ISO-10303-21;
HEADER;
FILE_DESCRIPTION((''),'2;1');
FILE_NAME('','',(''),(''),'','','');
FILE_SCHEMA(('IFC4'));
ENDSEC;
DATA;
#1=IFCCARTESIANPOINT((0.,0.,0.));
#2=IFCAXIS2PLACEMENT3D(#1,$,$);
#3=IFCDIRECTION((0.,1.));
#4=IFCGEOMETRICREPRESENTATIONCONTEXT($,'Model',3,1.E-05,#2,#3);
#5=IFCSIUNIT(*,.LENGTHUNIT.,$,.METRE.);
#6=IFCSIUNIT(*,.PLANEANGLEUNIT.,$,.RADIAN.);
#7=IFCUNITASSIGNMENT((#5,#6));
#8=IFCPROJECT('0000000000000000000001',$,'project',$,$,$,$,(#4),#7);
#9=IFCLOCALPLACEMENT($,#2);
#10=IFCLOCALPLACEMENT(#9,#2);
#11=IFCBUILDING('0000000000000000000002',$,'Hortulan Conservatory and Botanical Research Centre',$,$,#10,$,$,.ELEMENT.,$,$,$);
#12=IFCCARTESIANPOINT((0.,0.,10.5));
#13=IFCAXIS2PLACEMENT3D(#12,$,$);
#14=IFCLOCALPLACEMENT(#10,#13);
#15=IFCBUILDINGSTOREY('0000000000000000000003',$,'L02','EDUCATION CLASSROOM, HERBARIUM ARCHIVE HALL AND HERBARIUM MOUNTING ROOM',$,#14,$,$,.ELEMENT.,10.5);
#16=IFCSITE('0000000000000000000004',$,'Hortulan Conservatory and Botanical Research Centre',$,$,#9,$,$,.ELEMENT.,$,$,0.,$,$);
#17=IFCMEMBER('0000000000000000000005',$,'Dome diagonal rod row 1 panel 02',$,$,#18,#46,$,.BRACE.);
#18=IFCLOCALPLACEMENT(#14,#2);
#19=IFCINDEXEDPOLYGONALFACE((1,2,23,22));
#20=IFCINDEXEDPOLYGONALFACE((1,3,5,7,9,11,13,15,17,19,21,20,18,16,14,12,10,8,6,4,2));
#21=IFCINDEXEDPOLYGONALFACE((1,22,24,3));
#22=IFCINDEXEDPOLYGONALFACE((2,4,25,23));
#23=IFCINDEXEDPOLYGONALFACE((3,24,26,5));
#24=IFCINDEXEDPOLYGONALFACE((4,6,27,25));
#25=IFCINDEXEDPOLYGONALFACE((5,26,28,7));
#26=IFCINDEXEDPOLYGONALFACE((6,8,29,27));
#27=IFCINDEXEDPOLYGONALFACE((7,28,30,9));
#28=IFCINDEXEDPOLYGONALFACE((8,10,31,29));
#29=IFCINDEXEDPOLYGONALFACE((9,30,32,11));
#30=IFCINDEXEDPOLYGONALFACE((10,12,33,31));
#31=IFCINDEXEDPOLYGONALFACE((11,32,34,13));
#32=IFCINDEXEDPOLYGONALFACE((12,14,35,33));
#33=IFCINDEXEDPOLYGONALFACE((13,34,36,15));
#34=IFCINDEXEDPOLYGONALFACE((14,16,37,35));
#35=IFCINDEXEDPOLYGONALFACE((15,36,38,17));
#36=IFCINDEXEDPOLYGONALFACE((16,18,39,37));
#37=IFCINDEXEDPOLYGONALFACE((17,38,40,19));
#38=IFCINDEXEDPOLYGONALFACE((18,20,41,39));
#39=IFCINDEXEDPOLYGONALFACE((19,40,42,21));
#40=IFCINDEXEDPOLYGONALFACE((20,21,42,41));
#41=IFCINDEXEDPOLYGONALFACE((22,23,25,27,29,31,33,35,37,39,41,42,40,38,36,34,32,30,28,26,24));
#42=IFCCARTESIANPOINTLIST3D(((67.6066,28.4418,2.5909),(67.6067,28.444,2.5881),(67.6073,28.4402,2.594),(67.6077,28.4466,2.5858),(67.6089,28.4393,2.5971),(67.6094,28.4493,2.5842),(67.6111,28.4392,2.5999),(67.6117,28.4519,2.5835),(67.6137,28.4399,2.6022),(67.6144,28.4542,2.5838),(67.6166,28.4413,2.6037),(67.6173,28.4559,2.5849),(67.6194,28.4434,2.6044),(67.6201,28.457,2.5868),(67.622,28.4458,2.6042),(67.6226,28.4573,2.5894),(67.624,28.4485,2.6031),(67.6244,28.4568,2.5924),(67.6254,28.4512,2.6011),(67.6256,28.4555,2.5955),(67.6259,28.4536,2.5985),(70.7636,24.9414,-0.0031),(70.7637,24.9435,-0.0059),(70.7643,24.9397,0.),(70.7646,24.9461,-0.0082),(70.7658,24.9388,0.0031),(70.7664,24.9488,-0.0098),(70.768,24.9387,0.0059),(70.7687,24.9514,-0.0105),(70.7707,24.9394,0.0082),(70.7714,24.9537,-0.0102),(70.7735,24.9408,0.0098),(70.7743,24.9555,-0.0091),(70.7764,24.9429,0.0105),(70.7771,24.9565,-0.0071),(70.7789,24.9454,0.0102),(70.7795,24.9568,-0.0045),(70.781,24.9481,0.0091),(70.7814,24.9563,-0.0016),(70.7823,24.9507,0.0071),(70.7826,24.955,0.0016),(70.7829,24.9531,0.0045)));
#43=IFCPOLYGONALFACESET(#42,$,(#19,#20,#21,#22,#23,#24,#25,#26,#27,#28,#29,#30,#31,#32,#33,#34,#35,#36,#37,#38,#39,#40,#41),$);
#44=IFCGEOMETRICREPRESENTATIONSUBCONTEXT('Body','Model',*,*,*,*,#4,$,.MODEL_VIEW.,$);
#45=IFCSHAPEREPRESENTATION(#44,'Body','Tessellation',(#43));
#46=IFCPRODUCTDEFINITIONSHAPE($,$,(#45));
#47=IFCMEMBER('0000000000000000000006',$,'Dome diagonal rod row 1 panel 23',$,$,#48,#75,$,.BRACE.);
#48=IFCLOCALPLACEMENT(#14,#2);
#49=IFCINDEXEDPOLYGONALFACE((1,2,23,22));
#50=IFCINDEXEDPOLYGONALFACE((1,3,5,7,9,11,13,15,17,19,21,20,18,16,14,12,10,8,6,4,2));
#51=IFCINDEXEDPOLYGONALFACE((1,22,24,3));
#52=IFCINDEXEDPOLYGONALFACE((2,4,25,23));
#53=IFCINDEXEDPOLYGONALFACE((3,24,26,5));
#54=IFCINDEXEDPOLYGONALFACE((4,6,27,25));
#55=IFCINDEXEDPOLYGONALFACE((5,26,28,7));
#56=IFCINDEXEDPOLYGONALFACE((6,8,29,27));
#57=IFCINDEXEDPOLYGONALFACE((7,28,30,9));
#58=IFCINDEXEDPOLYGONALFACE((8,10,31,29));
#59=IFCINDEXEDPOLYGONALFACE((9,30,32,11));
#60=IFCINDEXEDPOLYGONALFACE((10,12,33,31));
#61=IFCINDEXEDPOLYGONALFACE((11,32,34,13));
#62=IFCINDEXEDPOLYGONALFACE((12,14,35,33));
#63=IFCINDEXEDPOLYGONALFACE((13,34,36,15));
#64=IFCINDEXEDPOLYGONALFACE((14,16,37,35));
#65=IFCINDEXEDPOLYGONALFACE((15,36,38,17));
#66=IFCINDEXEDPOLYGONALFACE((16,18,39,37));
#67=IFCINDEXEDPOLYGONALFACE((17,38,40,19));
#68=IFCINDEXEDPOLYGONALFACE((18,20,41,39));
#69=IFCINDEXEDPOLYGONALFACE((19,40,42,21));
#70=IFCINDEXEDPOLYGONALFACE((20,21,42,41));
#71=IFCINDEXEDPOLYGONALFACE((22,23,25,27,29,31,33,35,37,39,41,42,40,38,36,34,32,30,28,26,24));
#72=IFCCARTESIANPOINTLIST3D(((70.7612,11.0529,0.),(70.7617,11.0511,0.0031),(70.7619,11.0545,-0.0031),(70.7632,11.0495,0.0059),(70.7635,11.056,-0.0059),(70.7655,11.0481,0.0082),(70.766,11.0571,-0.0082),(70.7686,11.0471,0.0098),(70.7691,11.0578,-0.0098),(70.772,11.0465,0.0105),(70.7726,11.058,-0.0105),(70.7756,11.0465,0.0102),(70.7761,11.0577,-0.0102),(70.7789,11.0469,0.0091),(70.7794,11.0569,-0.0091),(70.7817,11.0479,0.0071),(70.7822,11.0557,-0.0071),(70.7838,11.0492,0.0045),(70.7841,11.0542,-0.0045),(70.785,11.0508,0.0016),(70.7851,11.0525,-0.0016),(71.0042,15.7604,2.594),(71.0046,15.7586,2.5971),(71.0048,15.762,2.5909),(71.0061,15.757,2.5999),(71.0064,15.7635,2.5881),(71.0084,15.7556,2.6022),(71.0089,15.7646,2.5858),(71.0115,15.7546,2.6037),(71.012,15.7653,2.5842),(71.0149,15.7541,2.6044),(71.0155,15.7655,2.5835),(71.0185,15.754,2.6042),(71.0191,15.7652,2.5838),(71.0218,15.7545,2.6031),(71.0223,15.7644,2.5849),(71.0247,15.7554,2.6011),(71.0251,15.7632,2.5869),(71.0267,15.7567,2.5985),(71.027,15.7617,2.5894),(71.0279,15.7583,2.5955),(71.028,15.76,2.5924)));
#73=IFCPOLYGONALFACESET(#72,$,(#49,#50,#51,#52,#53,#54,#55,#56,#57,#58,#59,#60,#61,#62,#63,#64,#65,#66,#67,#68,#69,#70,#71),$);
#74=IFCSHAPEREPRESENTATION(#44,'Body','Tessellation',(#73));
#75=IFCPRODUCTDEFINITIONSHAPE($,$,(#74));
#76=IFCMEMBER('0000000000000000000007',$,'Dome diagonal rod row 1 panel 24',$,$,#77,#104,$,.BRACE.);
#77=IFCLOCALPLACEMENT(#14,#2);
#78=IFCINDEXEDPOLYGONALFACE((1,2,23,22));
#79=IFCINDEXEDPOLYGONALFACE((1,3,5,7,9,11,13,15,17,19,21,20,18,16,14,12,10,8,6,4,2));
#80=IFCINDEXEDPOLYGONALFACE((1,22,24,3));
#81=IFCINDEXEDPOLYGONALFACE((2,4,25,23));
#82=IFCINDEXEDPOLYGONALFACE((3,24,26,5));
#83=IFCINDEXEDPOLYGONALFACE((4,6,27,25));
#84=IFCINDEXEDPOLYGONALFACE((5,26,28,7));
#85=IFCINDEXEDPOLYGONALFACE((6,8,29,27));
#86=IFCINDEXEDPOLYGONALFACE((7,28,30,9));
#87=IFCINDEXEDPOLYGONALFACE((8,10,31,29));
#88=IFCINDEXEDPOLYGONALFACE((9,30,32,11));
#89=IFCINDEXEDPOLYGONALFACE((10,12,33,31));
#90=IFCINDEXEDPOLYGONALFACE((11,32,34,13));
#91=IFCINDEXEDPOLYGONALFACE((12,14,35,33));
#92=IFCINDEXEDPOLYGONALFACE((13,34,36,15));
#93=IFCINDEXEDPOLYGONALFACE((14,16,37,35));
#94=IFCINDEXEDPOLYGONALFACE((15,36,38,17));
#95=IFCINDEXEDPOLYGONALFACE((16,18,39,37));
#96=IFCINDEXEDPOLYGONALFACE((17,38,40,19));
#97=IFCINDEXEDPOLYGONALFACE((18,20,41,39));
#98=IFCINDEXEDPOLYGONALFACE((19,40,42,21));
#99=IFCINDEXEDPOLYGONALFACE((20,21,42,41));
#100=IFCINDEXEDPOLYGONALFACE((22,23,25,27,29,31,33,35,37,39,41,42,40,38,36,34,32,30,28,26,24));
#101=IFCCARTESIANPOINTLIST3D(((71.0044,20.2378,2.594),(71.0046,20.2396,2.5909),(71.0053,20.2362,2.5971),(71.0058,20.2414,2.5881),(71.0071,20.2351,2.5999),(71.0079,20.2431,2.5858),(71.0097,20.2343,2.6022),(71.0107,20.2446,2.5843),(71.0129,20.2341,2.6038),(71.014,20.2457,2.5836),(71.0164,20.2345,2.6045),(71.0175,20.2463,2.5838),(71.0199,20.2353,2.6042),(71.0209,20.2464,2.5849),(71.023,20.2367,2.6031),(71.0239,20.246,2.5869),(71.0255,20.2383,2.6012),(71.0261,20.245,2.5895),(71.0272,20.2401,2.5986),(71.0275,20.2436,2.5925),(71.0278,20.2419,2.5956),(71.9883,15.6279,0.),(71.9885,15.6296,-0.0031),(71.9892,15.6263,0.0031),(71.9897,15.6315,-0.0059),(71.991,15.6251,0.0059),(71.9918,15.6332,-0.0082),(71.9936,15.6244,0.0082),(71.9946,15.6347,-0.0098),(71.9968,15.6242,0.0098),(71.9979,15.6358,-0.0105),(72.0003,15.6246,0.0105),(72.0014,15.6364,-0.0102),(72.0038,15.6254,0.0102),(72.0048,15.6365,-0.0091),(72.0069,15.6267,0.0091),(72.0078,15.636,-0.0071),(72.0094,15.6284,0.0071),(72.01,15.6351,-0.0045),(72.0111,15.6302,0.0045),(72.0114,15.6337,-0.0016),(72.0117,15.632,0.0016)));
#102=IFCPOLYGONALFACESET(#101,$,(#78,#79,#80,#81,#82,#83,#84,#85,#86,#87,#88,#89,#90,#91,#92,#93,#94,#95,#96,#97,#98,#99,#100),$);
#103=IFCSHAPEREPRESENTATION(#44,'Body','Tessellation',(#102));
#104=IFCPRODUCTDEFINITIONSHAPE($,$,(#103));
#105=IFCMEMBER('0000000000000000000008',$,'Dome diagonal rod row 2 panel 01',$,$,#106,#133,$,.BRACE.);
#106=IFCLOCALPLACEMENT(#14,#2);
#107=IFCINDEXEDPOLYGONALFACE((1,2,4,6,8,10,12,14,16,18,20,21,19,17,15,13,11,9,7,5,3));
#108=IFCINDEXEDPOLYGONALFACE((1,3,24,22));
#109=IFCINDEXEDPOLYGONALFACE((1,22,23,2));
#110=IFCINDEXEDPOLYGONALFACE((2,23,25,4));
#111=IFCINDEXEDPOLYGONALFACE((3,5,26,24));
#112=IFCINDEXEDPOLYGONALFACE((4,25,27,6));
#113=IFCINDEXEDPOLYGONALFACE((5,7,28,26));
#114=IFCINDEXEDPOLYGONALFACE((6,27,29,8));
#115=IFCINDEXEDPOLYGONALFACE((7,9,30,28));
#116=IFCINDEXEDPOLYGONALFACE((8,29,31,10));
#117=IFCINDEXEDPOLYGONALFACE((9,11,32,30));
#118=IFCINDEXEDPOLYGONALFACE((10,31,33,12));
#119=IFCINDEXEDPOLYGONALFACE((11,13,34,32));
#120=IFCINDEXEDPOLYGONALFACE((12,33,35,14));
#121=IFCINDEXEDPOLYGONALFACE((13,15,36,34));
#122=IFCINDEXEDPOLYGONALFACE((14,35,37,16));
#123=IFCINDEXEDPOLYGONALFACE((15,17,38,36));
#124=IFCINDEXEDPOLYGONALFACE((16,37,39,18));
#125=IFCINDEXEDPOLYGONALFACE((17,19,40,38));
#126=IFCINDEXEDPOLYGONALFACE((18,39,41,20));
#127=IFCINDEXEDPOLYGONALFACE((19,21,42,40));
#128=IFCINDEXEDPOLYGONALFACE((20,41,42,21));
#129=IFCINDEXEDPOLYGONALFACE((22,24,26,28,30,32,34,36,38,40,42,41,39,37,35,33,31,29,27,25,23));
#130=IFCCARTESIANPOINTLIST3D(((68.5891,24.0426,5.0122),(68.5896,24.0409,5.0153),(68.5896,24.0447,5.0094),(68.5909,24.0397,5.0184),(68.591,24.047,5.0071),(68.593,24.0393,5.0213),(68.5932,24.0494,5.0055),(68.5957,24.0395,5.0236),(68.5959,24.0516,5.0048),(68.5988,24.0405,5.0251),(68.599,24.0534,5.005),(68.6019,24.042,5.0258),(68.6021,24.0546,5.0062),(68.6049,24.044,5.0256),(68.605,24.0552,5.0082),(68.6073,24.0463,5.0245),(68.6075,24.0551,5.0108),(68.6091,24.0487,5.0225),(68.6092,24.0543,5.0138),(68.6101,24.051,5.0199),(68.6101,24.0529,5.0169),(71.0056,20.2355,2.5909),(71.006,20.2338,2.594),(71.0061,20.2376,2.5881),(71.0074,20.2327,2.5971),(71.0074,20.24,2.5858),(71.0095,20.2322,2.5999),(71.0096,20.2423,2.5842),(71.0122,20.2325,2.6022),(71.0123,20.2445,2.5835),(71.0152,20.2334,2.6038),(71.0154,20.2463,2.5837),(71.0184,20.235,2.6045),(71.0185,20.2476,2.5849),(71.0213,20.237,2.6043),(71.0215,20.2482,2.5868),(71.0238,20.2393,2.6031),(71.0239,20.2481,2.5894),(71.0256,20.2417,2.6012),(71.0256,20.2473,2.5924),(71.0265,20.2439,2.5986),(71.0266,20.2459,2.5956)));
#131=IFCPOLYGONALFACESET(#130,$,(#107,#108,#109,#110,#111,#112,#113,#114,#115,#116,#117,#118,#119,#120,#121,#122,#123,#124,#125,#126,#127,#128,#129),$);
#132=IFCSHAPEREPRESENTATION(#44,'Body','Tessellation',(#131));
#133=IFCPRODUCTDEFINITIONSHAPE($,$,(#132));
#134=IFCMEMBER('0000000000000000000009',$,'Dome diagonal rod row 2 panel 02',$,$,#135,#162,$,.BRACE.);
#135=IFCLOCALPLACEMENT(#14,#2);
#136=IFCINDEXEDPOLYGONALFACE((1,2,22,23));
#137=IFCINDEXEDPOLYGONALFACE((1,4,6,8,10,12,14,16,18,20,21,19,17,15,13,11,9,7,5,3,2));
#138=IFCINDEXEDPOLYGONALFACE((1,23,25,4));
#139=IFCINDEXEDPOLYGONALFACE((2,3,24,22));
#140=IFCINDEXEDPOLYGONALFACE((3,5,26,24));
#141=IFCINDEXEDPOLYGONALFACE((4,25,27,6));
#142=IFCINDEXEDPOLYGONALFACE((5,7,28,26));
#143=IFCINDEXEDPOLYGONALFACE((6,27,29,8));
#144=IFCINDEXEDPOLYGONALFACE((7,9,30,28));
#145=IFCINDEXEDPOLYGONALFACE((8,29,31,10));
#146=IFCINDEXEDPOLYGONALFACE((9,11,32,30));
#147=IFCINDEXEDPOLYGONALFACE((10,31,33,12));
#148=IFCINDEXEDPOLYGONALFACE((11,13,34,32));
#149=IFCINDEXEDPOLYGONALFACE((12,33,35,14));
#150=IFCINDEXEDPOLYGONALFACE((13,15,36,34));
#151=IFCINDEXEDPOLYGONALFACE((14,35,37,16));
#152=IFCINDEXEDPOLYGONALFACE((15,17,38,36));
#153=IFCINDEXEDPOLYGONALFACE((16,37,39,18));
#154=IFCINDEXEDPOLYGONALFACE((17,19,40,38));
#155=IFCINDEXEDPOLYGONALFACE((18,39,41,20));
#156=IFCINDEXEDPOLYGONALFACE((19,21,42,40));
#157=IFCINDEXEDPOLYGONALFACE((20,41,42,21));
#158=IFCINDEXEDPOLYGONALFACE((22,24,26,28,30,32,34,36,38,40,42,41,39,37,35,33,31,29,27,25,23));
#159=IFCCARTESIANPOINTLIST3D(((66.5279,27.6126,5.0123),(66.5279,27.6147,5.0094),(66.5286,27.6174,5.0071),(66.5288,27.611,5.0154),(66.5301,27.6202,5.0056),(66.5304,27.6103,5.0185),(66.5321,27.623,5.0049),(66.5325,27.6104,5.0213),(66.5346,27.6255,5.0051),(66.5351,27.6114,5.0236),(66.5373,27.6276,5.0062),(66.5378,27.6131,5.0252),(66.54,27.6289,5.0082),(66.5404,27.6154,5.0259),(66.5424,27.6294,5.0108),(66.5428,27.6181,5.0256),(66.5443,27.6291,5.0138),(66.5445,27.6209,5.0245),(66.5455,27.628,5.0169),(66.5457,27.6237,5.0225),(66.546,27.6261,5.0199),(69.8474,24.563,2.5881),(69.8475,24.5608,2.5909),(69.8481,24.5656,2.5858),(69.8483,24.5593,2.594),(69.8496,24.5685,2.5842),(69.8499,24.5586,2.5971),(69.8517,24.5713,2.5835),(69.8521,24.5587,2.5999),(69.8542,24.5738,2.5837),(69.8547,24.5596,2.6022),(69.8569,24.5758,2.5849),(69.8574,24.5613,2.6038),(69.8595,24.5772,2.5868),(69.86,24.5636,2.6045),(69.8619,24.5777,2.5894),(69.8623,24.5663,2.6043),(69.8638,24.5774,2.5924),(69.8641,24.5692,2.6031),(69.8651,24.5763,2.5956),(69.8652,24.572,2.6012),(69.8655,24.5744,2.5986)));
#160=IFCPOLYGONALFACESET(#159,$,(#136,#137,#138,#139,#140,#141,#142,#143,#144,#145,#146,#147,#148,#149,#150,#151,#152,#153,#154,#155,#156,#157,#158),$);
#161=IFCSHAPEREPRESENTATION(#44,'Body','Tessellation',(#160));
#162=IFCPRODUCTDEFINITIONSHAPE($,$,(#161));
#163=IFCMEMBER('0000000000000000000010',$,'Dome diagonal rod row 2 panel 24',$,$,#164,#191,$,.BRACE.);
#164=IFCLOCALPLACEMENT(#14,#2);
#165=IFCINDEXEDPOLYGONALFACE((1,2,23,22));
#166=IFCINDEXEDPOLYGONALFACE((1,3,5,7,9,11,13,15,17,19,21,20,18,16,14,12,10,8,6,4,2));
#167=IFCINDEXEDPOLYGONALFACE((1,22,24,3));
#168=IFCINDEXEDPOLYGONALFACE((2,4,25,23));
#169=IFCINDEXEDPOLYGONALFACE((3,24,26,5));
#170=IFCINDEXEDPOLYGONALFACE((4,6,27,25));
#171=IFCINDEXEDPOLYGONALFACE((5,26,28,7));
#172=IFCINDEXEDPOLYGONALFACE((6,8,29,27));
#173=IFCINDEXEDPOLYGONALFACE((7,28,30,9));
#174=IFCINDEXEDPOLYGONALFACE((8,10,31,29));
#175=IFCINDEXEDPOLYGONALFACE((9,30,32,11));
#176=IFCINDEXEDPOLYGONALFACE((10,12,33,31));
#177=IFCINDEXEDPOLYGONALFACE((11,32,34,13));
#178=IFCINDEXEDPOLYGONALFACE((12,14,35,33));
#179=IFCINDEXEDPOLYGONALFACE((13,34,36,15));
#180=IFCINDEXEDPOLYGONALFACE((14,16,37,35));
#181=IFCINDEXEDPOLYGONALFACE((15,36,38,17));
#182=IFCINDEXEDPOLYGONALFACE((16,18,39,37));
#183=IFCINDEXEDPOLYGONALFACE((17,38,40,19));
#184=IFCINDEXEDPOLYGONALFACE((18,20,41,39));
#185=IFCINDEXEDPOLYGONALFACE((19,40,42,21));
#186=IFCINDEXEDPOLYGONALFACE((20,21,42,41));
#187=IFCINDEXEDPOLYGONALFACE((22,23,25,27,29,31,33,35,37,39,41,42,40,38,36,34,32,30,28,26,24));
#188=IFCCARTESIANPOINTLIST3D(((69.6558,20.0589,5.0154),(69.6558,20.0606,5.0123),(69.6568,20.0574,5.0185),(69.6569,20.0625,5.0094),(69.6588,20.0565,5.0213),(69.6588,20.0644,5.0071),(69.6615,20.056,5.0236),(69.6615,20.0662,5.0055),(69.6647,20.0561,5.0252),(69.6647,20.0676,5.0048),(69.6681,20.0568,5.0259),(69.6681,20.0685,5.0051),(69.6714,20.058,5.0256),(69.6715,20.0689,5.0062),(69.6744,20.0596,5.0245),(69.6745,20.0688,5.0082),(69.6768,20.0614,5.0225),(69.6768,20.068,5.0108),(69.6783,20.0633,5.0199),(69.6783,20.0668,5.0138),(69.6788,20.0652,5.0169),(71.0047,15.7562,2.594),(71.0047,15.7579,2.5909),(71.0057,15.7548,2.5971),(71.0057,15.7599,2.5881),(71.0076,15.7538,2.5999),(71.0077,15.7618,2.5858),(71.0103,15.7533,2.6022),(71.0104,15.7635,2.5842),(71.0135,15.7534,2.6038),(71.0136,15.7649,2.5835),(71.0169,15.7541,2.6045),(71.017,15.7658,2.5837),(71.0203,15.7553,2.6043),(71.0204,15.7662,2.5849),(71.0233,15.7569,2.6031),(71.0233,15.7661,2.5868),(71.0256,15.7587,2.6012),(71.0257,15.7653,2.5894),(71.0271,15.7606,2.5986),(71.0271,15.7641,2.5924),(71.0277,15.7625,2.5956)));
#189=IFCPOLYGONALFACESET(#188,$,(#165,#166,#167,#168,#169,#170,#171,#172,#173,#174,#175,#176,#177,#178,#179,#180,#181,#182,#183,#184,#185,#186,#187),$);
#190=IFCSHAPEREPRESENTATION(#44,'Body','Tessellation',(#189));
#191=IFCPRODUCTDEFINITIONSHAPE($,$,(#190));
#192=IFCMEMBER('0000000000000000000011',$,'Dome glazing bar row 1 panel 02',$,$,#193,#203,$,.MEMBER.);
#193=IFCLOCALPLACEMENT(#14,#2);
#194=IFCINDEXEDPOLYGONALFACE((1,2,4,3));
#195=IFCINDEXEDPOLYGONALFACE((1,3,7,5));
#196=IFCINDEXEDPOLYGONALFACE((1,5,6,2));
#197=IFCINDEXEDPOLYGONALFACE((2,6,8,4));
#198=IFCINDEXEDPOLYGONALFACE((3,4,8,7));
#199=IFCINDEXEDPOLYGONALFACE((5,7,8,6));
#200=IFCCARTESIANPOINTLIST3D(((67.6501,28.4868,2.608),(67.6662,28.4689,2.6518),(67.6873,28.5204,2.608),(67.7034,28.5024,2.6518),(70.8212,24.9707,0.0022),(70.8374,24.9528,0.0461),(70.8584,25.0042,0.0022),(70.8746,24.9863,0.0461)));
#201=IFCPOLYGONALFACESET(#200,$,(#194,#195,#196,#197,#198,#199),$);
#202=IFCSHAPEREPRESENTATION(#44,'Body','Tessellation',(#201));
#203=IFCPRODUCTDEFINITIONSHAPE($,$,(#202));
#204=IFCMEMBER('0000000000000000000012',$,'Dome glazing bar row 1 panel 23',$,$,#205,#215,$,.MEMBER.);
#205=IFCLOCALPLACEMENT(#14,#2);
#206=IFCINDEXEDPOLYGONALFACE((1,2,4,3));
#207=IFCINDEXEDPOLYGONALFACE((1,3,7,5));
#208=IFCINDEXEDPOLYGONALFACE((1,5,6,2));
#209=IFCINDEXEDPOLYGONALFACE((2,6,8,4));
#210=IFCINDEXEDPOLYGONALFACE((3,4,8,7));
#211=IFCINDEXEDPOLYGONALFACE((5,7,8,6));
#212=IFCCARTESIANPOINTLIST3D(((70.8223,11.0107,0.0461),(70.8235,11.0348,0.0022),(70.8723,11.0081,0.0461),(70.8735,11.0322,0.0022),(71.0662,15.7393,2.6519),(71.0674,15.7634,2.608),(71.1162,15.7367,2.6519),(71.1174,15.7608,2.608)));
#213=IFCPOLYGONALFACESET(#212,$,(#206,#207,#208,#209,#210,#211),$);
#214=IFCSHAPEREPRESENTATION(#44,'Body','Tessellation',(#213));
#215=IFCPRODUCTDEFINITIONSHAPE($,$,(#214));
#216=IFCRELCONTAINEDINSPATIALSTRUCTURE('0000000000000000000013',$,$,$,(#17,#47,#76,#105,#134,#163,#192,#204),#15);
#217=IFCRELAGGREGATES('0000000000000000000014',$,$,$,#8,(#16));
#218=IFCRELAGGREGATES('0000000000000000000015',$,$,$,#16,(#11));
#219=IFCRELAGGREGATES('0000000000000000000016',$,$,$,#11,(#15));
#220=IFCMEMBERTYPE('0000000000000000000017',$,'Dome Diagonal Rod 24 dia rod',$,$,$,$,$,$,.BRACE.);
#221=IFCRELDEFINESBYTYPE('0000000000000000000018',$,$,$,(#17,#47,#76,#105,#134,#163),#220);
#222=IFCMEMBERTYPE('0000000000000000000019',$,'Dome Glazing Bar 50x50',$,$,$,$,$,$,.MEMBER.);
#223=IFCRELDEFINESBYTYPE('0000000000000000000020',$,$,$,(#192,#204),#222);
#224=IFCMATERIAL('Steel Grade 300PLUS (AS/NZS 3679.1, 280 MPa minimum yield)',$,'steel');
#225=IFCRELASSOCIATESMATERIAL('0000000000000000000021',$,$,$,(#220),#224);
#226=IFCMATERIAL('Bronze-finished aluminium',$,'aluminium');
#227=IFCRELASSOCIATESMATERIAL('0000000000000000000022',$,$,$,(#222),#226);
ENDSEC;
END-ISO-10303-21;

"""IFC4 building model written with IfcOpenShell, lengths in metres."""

from ifc_helpers import new_model, si_unit, direction, frame, origin, origin_2d, place, context, subcontext, project, spatial, rectangle, circle, extrude, material, material_profile, profile_set, type_object, element, save


model = new_model("IFC4")

# Units and contexts
model_context = context("Model", 3, precision=1e-05, world=origin(), true_north=direction((0.0, 1.0)))
body_context = subcontext(model_context, "Body", "Model", "MODEL_VIEW")
ifc_project = project(units=[si_unit("LENGTHUNIT", "METRE"), si_unit("PLANEANGLEUNIT", "RADIAN")], contexts=[model_context])

# Site, building, storey
site_placement = place(None, origin())
site = spatial("IfcSite", under=ifc_project, at=site_placement, Name="Hortulan Conservatory and Botanical Research Centre", CompositionType="ELEMENT", RefElevation=0.0)
building_placement = place(site_placement, origin())
building = spatial("IfcBuilding", under=site, at=building_placement, Name="Hortulan Conservatory and Botanical Research Centre", CompositionType="ELEMENT")
storey_placement = place(building_placement, frame((0.0, 0.0, 10.5)))
storey = spatial("IfcBuildingStorey", under=building, at=storey_placement, Name="L02", Description="EDUCATION CLASSROOM, HERBARIUM ARCHIVE HALL AND HERBARIUM MOUNTING ROOM", CompositionType="ELEMENT", Elevation=10.5)

# Members
ifc_material_1 = material(Name="Steel Grade 300PLUS (AS/NZS 3679.1, 280 MPa minimum yield)", Category="steel")
ifc_material_profile_1 = material_profile(ifc_material_1, circle(Radius=0.012, at=origin_2d()), Name="24 dia rod")
ifc_profile_set_1 = profile_set([ifc_material_profile_1], Name="Steel Grade 300PLUS (AS/NZS 3679.1, 280 MPa minimum yield)")
member_type_1 = type_object("IfcMemberType", Name="Dome Diagonal Rod 24 dia rod", PredefinedType="BRACE", material=ifc_profile_set_1)
for number, where, z_axis, x_axis, name in (
    (1, (70.7732, 24.9478, 0.0), (-0.586755, 0.650599, 0.482119), (-0.742604, -0.669731, 0.0), "Dome diagonal rod row 1 panel 02"),
    (2, (70.7732, 11.0522, 0.0), (0.045149, 0.874941, 0.48212), (-0.998671, 0.051534, 0.0), "Dome diagonal rod row 1 panel 23"),
    (3, (72.0, 15.6304, 0.0), (-0.182868, 0.856803, 0.482128), (-0.977973, -0.20873, 0.0), "Dome diagonal rod row 1 panel 24"),
):
    element("IfcMember", number, at=place(storey_placement, frame(where, z_axis=z_axis, x_axis=x_axis)), inside=storey, type_object=member_type_1, Name=name, PredefinedType="BRACE", context=body_context, shape_type="SweptSolid", body=[
        extrude(circle(Radius=0.012, at=origin_2d()), origin(), (0.0, 0.0, 1.0), 5.3804),
    ])
for number, where, z_axis, x_axis, name in (
    (4, (71.0161, 20.2402, 2.594), (-0.472132, 0.743829, 0.473086), (-0.844285, -0.535894, 0.0), "Dome diagonal rod row 2 panel 01"),
    (5, (69.8564, 24.5681, 2.594), (-0.648584, 0.596256, 0.473094), (-0.676786, -0.73618, 0.0), "Dome diagonal rod row 2 panel 02"),
    (6, (71.0161, 15.7598, 2.594), (-0.263545, 0.840671, 0.473092), (-0.95421, -0.299138, 0.0), "Dome diagonal rod row 2 panel 24"),
):
    element("IfcMember", number, at=place(storey_placement, frame(where, z_axis=z_axis, x_axis=x_axis)), inside=storey, type_object=member_type_1, Name=name, PredefinedType="BRACE", context=body_context, shape_type="SweptSolid", body=[
        extrude(circle(Radius=0.012, at=origin_2d()), origin(), (0.0, 0.0, 1.0), 5.1182),
    ])
ifc_material_2 = material(Name="Bronze-finished aluminium", Category="aluminium")
ifc_material_profile_2 = material_profile(ifc_material_2, rectangle(XDim=0.05, YDim=0.05, at=origin_2d()), Name="Square bar 50x50")
ifc_profile_set_2 = profile_set([ifc_material_profile_2], Name="Bronze-finished aluminium")
member_type_2 = type_object("IfcMemberType", Name="Dome Glazing Bar 50x50", PredefinedType="MEMBER", material=ifc_profile_set_2)
for number, where, z_axis, x_axis, name in (
    (7, (70.8479, 24.9785, 0.0242), (-0.586756, 0.650586, 0.482135), (-0.742596, -0.669739, 0.0), "Dome glazing bar row 1 panel 02"),
    (8, (70.8479, 11.0215, 0.0242), (0.045129, 0.87493, 0.482142), (-0.998672, 0.051511, 0.0), "Dome glazing bar row 1 panel 23"),
):
    element("IfcMember", number, at=place(storey_placement, frame(where, z_axis=z_axis, x_axis=x_axis)), inside=storey, type_object=member_type_2, Name=name, PredefinedType="MEMBER", context=body_context, shape_type="SweptSolid", body=[
        extrude(rectangle(XDim=0.05, YDim=0.05, at=origin_2d()), origin(), (0.0, 0.0, 1.0), 5.4045),
    ])

save(model, "model.ifc")
